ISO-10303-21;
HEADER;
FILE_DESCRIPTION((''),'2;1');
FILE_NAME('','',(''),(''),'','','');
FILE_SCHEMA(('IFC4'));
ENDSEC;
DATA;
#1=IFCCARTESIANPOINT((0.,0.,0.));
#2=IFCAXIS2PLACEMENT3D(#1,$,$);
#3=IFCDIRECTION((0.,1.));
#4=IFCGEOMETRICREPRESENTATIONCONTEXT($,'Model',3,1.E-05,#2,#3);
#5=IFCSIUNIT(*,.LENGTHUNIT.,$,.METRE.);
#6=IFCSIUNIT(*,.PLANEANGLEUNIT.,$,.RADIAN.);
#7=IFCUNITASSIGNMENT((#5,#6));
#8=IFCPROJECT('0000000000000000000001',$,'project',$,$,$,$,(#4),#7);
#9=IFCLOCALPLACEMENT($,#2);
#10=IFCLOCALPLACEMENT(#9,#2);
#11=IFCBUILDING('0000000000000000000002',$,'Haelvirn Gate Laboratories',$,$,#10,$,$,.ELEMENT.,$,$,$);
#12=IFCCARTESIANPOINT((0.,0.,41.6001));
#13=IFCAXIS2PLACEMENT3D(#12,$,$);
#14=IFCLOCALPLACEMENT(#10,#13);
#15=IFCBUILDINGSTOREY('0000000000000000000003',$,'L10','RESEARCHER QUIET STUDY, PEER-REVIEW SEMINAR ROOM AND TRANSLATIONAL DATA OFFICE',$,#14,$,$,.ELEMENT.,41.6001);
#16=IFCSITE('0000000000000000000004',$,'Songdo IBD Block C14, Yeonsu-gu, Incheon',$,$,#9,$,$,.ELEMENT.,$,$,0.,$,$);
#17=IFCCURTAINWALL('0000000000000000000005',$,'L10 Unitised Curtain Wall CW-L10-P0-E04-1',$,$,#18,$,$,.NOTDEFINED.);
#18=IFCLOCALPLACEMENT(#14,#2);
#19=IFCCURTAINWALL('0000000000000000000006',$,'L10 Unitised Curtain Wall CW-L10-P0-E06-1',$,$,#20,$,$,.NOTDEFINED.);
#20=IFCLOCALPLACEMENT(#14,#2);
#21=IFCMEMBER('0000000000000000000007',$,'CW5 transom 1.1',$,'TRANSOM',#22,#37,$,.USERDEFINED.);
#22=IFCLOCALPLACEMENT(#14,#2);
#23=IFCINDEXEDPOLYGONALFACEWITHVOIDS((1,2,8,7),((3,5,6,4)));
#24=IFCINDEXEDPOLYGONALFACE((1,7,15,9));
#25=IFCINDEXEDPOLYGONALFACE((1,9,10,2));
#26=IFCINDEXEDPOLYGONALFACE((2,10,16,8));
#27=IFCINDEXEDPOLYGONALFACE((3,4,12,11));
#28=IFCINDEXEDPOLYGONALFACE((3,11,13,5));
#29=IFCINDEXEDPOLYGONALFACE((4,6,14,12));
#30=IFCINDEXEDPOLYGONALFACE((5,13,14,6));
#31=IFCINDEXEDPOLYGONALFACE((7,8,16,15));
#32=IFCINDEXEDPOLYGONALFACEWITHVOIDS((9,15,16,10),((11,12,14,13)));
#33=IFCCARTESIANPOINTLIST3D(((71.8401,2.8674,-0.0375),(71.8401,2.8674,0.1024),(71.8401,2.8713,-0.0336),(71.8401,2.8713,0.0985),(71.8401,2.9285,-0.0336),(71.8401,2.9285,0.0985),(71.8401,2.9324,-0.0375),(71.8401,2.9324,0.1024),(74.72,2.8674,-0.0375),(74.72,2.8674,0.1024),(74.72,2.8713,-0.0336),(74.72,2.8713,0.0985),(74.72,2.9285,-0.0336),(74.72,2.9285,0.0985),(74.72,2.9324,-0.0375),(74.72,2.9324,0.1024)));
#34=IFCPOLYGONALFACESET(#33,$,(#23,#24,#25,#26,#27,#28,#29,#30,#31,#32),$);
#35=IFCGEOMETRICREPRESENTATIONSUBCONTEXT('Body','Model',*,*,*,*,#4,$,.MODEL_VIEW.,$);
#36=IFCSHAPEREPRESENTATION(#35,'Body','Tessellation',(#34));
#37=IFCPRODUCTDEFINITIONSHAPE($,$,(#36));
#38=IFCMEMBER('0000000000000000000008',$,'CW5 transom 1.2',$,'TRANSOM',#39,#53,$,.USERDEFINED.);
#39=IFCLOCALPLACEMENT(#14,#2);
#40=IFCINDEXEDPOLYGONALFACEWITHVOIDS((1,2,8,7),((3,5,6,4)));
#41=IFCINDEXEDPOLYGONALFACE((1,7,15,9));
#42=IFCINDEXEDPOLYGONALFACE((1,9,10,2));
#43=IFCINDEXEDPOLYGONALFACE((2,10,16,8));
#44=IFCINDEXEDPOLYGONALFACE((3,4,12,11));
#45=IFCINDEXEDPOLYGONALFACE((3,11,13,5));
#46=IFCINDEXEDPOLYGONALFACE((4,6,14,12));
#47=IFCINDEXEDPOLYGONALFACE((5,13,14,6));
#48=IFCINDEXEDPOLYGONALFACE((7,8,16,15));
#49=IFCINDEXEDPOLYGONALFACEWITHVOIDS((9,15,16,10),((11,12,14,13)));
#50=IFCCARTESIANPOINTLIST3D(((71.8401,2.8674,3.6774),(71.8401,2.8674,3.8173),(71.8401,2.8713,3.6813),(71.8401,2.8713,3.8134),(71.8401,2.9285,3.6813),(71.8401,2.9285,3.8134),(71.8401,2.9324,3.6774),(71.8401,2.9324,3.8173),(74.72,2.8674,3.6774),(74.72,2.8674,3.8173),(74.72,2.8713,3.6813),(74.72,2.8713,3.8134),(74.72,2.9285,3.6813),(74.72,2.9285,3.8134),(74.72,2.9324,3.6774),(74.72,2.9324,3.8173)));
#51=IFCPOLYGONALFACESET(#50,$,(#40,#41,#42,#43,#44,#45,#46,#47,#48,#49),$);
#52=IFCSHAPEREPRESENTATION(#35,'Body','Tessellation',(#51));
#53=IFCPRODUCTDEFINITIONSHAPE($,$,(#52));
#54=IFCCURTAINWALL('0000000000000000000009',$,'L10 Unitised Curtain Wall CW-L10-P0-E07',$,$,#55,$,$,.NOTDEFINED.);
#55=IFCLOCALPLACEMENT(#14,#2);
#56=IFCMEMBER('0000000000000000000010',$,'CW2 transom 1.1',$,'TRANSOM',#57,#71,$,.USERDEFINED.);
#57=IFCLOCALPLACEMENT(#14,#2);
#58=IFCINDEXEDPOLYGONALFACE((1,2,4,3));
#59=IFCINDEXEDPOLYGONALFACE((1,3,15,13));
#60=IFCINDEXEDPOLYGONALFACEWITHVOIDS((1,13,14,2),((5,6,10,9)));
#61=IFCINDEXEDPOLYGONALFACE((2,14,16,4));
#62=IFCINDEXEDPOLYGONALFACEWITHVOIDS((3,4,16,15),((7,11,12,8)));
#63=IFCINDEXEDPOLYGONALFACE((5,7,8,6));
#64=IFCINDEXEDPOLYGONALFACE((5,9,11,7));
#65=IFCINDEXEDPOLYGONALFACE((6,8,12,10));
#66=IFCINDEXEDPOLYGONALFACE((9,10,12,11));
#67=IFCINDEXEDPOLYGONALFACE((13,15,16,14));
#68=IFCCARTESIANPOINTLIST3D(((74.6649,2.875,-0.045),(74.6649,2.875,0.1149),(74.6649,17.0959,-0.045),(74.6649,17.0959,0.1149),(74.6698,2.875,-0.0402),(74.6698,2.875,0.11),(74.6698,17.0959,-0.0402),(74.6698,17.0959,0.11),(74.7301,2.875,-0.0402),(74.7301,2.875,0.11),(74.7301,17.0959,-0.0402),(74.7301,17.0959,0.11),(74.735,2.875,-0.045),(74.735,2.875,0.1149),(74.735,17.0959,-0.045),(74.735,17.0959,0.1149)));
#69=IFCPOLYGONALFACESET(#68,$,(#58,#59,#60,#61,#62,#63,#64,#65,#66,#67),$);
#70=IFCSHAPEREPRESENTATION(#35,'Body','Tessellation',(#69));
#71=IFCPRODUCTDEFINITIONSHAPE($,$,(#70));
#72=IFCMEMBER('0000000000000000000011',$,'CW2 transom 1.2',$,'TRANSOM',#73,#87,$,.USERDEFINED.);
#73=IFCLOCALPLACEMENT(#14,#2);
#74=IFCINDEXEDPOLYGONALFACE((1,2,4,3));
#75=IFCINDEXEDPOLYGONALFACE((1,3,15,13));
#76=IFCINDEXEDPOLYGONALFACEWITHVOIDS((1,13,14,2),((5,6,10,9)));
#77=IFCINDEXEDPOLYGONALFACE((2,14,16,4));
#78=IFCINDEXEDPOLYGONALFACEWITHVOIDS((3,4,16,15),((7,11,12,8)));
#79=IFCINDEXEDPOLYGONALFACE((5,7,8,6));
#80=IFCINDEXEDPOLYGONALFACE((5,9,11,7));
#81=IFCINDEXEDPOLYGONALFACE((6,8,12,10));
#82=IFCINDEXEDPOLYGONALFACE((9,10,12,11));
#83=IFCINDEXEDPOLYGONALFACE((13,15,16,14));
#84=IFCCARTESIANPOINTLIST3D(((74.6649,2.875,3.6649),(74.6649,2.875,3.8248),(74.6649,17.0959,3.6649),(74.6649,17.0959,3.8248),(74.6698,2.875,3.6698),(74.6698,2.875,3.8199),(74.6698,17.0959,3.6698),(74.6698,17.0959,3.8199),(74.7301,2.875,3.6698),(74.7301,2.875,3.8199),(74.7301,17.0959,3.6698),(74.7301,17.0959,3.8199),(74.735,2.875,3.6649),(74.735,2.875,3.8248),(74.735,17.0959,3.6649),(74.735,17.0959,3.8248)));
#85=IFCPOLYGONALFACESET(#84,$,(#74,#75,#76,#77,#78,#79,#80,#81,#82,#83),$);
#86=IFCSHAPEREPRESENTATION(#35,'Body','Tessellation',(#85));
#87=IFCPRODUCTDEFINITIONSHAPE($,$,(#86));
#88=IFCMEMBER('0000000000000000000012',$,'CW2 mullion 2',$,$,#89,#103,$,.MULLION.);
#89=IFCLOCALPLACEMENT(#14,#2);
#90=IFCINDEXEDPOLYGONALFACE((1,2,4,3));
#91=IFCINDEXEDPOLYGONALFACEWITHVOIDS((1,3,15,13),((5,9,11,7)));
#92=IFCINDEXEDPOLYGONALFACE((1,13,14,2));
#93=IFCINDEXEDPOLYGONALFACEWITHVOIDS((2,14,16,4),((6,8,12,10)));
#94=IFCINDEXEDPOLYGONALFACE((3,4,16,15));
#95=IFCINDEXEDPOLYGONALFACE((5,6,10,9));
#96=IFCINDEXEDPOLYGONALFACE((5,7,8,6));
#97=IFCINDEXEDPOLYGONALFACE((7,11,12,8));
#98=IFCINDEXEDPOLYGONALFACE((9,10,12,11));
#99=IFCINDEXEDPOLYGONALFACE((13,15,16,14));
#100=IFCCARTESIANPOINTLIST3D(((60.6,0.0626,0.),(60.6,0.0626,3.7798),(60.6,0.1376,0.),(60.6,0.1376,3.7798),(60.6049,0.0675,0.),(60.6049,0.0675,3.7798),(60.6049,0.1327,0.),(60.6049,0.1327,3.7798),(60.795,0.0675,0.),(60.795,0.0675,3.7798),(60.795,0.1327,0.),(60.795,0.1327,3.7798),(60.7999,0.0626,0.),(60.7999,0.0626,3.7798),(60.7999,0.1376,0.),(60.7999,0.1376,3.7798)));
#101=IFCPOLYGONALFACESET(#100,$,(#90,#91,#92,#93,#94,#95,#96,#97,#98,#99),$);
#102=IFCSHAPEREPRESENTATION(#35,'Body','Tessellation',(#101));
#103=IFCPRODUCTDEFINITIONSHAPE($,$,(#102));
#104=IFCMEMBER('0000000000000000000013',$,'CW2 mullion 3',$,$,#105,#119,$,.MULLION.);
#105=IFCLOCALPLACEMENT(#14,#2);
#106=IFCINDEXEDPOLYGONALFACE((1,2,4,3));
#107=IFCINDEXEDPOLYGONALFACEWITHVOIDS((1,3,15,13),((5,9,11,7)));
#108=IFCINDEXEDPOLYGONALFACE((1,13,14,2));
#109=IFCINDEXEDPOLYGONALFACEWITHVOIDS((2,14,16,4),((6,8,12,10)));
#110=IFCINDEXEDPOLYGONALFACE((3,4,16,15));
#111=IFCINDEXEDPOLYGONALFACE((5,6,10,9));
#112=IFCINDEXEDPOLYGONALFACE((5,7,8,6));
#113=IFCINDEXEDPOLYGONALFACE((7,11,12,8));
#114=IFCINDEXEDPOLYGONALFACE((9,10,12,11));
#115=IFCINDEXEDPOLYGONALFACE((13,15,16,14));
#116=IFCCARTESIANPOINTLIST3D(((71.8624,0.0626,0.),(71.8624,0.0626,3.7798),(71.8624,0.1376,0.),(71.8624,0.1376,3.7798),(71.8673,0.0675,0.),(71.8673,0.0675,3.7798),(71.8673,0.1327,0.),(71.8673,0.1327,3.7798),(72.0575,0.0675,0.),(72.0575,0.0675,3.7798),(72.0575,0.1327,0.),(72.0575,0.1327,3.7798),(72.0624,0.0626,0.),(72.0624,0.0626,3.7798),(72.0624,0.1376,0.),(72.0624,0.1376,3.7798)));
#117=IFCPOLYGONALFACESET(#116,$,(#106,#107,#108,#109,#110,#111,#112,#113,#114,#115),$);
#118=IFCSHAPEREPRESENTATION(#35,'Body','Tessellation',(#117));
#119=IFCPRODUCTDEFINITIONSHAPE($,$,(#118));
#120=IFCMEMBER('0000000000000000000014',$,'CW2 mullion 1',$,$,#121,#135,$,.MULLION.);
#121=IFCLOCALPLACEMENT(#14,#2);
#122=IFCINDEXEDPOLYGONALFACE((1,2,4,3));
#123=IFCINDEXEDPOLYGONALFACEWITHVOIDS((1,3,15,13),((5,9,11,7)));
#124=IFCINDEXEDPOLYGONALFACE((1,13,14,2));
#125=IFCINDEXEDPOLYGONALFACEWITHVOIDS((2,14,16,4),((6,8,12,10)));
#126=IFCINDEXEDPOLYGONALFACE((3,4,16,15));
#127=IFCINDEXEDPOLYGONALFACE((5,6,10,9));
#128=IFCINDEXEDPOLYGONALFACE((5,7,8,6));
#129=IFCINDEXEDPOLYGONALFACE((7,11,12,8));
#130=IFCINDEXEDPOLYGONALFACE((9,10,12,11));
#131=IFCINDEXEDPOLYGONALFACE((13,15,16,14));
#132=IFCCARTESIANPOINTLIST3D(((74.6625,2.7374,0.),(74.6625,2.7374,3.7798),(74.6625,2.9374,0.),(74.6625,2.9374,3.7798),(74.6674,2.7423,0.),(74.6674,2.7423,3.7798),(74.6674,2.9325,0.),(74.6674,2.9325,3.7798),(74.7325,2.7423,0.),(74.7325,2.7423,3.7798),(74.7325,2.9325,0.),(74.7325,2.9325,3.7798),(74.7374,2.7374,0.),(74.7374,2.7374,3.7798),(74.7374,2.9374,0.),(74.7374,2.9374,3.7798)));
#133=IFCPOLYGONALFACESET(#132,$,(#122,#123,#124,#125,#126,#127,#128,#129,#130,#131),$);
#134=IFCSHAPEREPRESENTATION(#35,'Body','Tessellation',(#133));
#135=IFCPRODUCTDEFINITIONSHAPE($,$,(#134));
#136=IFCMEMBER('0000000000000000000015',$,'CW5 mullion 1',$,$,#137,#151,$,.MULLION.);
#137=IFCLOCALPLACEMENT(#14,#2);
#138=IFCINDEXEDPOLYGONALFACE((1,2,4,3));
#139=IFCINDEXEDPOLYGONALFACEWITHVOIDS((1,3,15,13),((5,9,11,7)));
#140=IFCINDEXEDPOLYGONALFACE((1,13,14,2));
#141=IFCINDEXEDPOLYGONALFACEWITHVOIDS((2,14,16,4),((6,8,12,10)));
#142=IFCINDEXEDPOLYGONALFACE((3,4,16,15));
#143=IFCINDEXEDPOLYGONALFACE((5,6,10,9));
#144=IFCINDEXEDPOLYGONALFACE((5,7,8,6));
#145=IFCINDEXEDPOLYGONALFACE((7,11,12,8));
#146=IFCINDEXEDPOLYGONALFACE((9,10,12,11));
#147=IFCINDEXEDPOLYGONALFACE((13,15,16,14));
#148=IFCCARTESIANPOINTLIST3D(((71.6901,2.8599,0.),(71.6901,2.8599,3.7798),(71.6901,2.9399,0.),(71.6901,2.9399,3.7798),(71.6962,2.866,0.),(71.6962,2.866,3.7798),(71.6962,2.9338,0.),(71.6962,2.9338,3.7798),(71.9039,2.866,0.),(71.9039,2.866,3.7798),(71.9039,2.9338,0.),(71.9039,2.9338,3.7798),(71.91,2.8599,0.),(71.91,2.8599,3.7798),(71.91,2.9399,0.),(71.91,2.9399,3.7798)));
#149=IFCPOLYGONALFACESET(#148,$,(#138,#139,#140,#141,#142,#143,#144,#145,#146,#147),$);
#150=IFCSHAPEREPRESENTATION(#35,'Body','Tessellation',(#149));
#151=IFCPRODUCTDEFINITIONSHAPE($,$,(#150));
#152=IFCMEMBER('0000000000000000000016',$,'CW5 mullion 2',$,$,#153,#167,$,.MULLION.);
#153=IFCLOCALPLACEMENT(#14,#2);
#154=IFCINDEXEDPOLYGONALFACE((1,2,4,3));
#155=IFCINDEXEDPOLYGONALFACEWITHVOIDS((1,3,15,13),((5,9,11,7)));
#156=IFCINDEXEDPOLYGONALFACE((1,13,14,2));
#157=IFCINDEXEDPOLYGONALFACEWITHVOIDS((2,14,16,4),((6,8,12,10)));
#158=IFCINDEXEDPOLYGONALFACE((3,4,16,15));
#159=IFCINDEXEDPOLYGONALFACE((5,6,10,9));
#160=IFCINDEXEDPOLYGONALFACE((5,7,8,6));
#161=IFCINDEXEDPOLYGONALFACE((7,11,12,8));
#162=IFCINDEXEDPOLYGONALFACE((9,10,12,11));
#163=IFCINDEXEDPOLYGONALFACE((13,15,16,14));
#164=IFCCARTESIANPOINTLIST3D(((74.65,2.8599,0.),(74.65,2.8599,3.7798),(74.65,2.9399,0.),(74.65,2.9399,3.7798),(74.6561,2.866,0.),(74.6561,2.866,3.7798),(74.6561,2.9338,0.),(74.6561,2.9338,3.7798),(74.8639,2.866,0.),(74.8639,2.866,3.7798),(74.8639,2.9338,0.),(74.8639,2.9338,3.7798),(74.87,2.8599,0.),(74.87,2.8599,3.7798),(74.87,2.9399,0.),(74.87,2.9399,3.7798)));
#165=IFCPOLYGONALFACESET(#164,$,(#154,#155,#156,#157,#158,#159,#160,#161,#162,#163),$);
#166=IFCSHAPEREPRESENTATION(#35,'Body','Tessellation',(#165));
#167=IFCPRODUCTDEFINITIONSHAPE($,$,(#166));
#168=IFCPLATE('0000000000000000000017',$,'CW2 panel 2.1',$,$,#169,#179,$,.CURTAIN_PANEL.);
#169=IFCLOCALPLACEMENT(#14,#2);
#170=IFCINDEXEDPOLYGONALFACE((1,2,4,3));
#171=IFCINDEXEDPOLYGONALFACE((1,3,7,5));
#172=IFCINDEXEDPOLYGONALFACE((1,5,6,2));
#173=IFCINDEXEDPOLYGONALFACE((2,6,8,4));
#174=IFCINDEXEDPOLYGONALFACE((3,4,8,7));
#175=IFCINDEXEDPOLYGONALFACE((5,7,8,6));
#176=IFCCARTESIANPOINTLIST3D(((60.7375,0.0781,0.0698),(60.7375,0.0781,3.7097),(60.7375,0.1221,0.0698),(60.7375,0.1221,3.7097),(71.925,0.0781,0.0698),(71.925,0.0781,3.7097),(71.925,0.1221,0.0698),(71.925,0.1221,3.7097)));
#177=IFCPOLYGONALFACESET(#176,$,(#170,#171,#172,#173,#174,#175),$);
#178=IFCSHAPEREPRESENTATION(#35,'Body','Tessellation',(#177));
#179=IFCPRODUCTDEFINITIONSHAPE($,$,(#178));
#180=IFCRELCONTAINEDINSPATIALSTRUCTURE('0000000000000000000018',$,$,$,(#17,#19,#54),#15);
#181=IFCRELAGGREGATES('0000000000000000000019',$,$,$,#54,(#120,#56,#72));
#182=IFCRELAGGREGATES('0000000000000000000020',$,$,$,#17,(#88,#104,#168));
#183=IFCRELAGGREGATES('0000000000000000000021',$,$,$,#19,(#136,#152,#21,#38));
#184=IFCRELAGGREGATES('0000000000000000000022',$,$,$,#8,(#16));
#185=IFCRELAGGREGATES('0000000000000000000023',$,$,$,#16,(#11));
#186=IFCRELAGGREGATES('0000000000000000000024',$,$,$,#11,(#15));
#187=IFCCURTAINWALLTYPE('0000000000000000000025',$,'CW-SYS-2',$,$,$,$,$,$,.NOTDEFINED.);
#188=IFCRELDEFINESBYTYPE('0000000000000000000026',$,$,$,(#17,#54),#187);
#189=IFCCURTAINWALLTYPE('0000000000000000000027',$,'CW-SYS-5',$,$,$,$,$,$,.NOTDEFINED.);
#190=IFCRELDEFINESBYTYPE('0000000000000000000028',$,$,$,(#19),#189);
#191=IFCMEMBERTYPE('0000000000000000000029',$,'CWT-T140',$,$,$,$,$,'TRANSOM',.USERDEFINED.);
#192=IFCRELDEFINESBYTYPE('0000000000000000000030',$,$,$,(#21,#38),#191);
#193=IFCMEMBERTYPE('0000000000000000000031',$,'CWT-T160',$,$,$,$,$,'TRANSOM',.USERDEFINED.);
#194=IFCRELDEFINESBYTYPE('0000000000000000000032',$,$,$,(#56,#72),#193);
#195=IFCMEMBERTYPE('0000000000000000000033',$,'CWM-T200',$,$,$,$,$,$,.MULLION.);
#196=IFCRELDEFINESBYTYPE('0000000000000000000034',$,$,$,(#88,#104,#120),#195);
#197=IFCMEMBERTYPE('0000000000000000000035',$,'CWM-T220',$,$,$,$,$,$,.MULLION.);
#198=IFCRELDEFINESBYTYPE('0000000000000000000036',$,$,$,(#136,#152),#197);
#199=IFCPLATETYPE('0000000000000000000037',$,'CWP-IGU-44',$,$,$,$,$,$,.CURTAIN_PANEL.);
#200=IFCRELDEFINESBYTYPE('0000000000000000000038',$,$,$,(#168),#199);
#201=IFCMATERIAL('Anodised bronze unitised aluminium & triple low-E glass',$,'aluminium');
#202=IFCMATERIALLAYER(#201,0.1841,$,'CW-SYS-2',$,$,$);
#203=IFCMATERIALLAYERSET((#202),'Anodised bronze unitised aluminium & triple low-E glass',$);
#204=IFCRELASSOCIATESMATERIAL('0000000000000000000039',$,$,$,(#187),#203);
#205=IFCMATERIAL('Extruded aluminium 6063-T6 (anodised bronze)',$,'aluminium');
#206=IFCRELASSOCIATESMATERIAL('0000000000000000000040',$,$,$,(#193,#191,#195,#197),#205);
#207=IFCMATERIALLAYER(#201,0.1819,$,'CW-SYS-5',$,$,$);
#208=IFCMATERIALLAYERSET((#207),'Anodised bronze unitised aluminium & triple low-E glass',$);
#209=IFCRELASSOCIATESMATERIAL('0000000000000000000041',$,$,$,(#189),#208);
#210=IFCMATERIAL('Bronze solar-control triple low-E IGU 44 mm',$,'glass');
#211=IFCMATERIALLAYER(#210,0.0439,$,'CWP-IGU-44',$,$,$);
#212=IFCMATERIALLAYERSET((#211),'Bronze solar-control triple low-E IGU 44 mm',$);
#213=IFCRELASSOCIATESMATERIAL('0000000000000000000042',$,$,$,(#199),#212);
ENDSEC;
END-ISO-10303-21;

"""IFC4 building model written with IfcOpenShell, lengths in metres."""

from ifc_helpers import new_model, si_unit, direction, frame, origin, origin_2d, place, context, subcontext, project, spatial, rectangle, hollow_rectangle, extrude, source, transform, mapped, material, layer, layer_set, material_profile, profile_set, type_object, type_shapes, element, aggregate, save


model = new_model("IFC4")

# Units and contexts
model_context = context("Model", 3, precision=1e-05, world=origin(), true_north=direction((0.0, 1.0)))
body_context = subcontext(model_context, "Body", "Model", "MODEL_VIEW")
ifc_project = project(units=[si_unit("LENGTHUNIT", "METRE"), si_unit("PLANEANGLEUNIT", "RADIAN")], contexts=[model_context])

# Site, building, storey
site_placement = place(None, origin())
site = spatial("IfcSite", under=ifc_project, at=site_placement, Name="Songdo IBD Block C14, Yeonsu-gu, Incheon", CompositionType="ELEMENT", RefElevation=0.0)
building_placement = place(site_placement, origin())
building = spatial("IfcBuilding", under=site, at=building_placement, Name="Haelvirn Gate Laboratories", CompositionType="ELEMENT")
storey_placement = place(building_placement, frame((0.0, 0.0, 41.6001)))
storey = spatial("IfcBuildingStorey", under=building, at=storey_placement, Name="L10", Description="RESEARCHER QUIET STUDY, PEER-REVIEW SEMINAR ROOM AND TRANSLATIONAL DATA OFFICE", CompositionType="ELEMENT", Elevation=41.6001)

# Curtain walls, members
ifc_material_1 = material(Name="Anodised bronze unitised aluminium & triple low-E glass", Category="aluminium")
ifc_layer_1 = layer(ifc_material_1, 0.1841, Name="CW-SYS-2")
ifc_layer_set_1 = layer_set([ifc_layer_1], Name="Anodised bronze unitised aluminium & triple low-E glass")
curtain_wall_type_1 = type_object("IfcCurtainWallType", Name="CW-SYS-2", PredefinedType="NOTDEFINED", material=ifc_layer_set_1)
curtain_wall_1_placement = place(storey_placement, origin())
curtain_wall_1 = element("IfcCurtainWall", 1, at=curtain_wall_1_placement, inside=storey, type_object=curtain_wall_type_1, Name="L10 Unitised Curtain Wall CW-L10-P0-E04-1", PredefinedType="NOTDEFINED")
ifc_material_2 = material(Name="Extruded aluminium 6063-T6 (anodised bronze)", Category="aluminium")
ifc_material_profile_1 = material_profile(ifc_material_2, hollow_rectangle(XDim=0.0701, YDim=0.1599, WallThickness=0.0049, at=origin_2d()), Name="CWT-160x70x5")
ifc_profile_set_1 = profile_set([ifc_material_profile_1], Name="Extruded aluminium 6063-T6 (anodised bronze)")
member_type_1 = type_object("IfcMemberType", Name="CWT-T160", ElementType="TRANSOM", PredefinedType="USERDEFINED", material=ifc_profile_set_1)
ifc_layer_2 = layer(ifc_material_1, 0.1819, Name="CW-SYS-5")
ifc_layer_set_2 = layer_set([ifc_layer_2], Name="Anodised bronze unitised aluminium & triple low-E glass")
curtain_wall_type_2 = type_object("IfcCurtainWallType", Name="CW-SYS-5", PredefinedType="NOTDEFINED", material=ifc_layer_set_2)
curtain_wall_2_placement = place(storey_placement, origin())
curtain_wall_2 = element("IfcCurtainWall", 2, at=curtain_wall_2_placement, inside=storey, type_object=curtain_wall_type_2, Name="L10 Unitised Curtain Wall CW-L10-P0-E06-1", PredefinedType="NOTDEFINED")
ifc_material_profile_2 = material_profile(ifc_material_2, hollow_rectangle(XDim=0.0649, YDim=0.1399, WallThickness=0.0039, at=origin_2d()), Name="CWT-140x65x4")
ifc_profile_set_2 = profile_set([ifc_material_profile_2], Name="Extruded aluminium 6063-T6 (anodised bronze)")
member_type_2 = type_object("IfcMemberType", Name="CWT-T140", ElementType="TRANSOM", PredefinedType="USERDEFINED", material=ifc_profile_set_2)
shared_shape_1 = source(origin(), body_context, "Body", "SweptSolid", [
    extrude(hollow_rectangle(XDim=0.0649, YDim=0.1399, WallThickness=0.0039, at=origin_2d()), origin(), (0.0, 0.0, 1.0), 2.8799),
])
type_shapes(member_type_2, [shared_shape_1])
member_1_placement = place(storey_placement, frame((71.8401, 2.8999, 0.0325), z_axis=(1.0, 0.0, 0.0), x_axis=(0.0, 1.0, 0.0)))
member_1 = element("IfcMember", 3, at=member_1_placement, type_object=member_type_2, Name="CW5 transom 1.1", ObjectType="TRANSOM", PredefinedType="USERDEFINED", context=body_context, shape_type="MappedRepresentation", body=[
    mapped(shared_shape_1, transform((0.0, 0.0, 0.0), scale=1.0)),
])
member_2_placement = place(storey_placement, frame((71.8401, 2.8999, 3.7473), z_axis=(1.0, 0.0, 0.0), x_axis=(0.0, 1.0, 0.0)))
member_2 = element("IfcMember", 4, at=member_2_placement, type_object=member_type_2, Name="CW5 transom 1.2", ObjectType="TRANSOM", PredefinedType="USERDEFINED", context=body_context, shape_type="MappedRepresentation", body=[
    mapped(shared_shape_1, transform((0.0, 0.0, 0.0), scale=1.0)),
])
curtain_wall_3_placement = place(storey_placement, origin())
curtain_wall_3 = element("IfcCurtainWall", 5, at=curtain_wall_3_placement, inside=storey, type_object=curtain_wall_type_1, Name="L10 Unitised Curtain Wall CW-L10-P0-E07", PredefinedType="NOTDEFINED")
shared_shape_2 = source(origin(), body_context, "Body", "SweptSolid", [
    extrude(hollow_rectangle(XDim=0.0701, YDim=0.1599, WallThickness=0.0049, at=origin_2d()), origin(), (0.0, 0.0, 1.0), 14.2209),
])
member_3_placement = place(storey_placement, frame((74.7, 2.875, 0.0349), z_axis=(0.0, 1.0, 0.0), x_axis=(-1.0, 0.0, 0.0)))
member_3 = element("IfcMember", 6, at=member_3_placement, type_object=member_type_1, Name="CW2 transom 1.1", ObjectType="TRANSOM", PredefinedType="USERDEFINED", context=body_context, shape_type="MappedRepresentation", body=[
    mapped(shared_shape_2, transform((0.0, 0.0, 0.0), scale=1.0)),
])
member_4_placement = place(storey_placement, frame((74.7, 2.875, 3.7449), z_axis=(0.0, 1.0, 0.0), x_axis=(-1.0, 0.0, 0.0)))
member_4 = element("IfcMember", 7, at=member_4_placement, type_object=member_type_1, Name="CW2 transom 1.2", ObjectType="TRANSOM", PredefinedType="USERDEFINED", context=body_context, shape_type="MappedRepresentation", body=[
    mapped(shared_shape_2, transform((0.0, 0.0, 0.0), scale=1.0)),
])

# Members
ifc_material_profile_3 = material_profile(ifc_material_2, hollow_rectangle(XDim=0.075, YDim=0.2, WallThickness=0.0049, at=origin_2d()), Name="CWM-200x75x5")
ifc_profile_set_3 = profile_set([ifc_material_profile_3], Name="Extruded aluminium 6063-T6 (anodised bronze)")
member_type_3 = type_object("IfcMemberType", Name="CWM-T200", PredefinedType="MULLION", material=ifc_profile_set_3)
shared_shape_3 = source(origin(), body_context, "Body", "SweptSolid", [
    extrude(hollow_rectangle(XDim=0.075, YDim=0.2, WallThickness=0.0049, at=origin_2d()), origin(), (0.0, 0.0, 1.0), 3.7798),
])
type_shapes(member_type_3, [shared_shape_3])
member_5_placement = place(storey_placement, frame((60.7, 0.1001, 0.0), z_axis=(0.0, 0.0, 1.0), x_axis=(0.0, 1.0, 0.0)))
member_5 = element("IfcMember", 8, at=member_5_placement, type_object=member_type_3, Name="CW2 mullion 2", PredefinedType="MULLION", context=body_context, shape_type="MappedRepresentation", body=[
    mapped(shared_shape_3, transform((0.0, 0.0, 0.0), scale=1.0)),
])
member_6_placement = place(storey_placement, frame((71.9624, 0.1001, 0.0), z_axis=(0.0, 0.0, 1.0), x_axis=(0.0, 1.0, 0.0)))
member_6 = element("IfcMember", 9, at=member_6_placement, type_object=member_type_3, Name="CW2 mullion 3", PredefinedType="MULLION", context=body_context, shape_type="MappedRepresentation", body=[
    mapped(shared_shape_3, transform((0.0, 0.0, 0.0), scale=1.0)),
])
member_7_placement = place(storey_placement, frame((74.7, 2.8374, 0.0), z_axis=(0.0, 0.0, 1.0), x_axis=(-1.0, 0.0, 0.0)))
member_7 = element("IfcMember", 10, at=member_7_placement, type_object=member_type_3, Name="CW2 mullion 1", PredefinedType="MULLION", context=body_context, shape_type="MappedRepresentation", body=[
    mapped(shared_shape_3, transform((0.0, 0.0, 0.0), scale=1.0)),
])
aggregate(curtain_wall_3, [member_7, member_3, member_4])
ifc_material_profile_4 = material_profile(ifc_material_2, hollow_rectangle(XDim=0.0801, YDim=0.22, WallThickness=0.0061, at=origin_2d()), Name="CWM-220x80x6")
ifc_profile_set_4 = profile_set([ifc_material_profile_4], Name="Extruded aluminium 6063-T6 (anodised bronze)")
member_type_4 = type_object("IfcMemberType", Name="CWM-T220", PredefinedType="MULLION", material=ifc_profile_set_4)
shared_shape_4 = source(origin(), body_context, "Body", "SweptSolid", [
    extrude(hollow_rectangle(XDim=0.0801, YDim=0.22, WallThickness=0.0061, at=origin_2d()), origin(), (0.0, 0.0, 1.0), 3.7798),
])
type_shapes(member_type_4, [shared_shape_4])
member_8_placement = place(storey_placement, frame((71.8, 2.8999, 0.0), z_axis=(0.0, 0.0, 1.0), x_axis=(0.0, 1.0, 0.0)))
member_8 = element("IfcMember", 11, at=member_8_placement, type_object=member_type_4, Name="CW5 mullion 1", PredefinedType="MULLION", context=body_context, shape_type="MappedRepresentation", body=[
    mapped(shared_shape_4, transform((0.0, 0.0, 0.0), scale=1.0)),
])
member_9_placement = place(storey_placement, frame((74.76, 2.8999, 0.0), z_axis=(0.0, 0.0, 1.0), x_axis=(0.0, 1.0, 0.0)))
member_9 = element("IfcMember", 12, at=member_9_placement, type_object=member_type_4, Name="CW5 mullion 2", PredefinedType="MULLION", context=body_context, shape_type="MappedRepresentation", body=[
    mapped(shared_shape_4, transform((0.0, 0.0, 0.0), scale=1.0)),
])

# Plate
ifc_material_3 = material(Name="Bronze solar-control triple low-E IGU 44 mm", Category="glass")
ifc_layer_3 = layer(ifc_material_3, 0.0439, Name="CWP-IGU-44")
ifc_layer_set_3 = layer_set([ifc_layer_3], Name="Bronze solar-control triple low-E IGU 44 mm")
plate_type_1 = type_object("IfcPlateType", Name="CWP-IGU-44", PredefinedType="CURTAIN_PANEL", material=ifc_layer_set_3)
shared_shape_5 = source(origin(), body_context, "Body", "SweptSolid", [
    extrude(rectangle(XDim=11.1875, YDim=0.0439, at=origin_2d()), origin(), (0.0, 0.0, 1.0), 3.6399),
])
type_shapes(plate_type_1, [shared_shape_5])
plate_1_placement = place(storey_placement, frame((66.3313, 0.1001, 0.0698), z_axis=(0.0, 0.0, 1.0), x_axis=(1.0, 0.0, 0.0)))
plate_1 = element("IfcPlate", 13, at=plate_1_placement, type_object=plate_type_1, Name="CW2 panel 2.1", PredefinedType="CURTAIN_PANEL", context=body_context, shape_type="MappedRepresentation", body=[
    mapped(shared_shape_5, transform((0.0, 0.0, 0.0), scale=1.0)),
])
aggregate(curtain_wall_1, [member_5, member_6, plate_1])
aggregate(curtain_wall_2, [member_8, member_9, member_1, member_2])

save(model, "model.ifc")
